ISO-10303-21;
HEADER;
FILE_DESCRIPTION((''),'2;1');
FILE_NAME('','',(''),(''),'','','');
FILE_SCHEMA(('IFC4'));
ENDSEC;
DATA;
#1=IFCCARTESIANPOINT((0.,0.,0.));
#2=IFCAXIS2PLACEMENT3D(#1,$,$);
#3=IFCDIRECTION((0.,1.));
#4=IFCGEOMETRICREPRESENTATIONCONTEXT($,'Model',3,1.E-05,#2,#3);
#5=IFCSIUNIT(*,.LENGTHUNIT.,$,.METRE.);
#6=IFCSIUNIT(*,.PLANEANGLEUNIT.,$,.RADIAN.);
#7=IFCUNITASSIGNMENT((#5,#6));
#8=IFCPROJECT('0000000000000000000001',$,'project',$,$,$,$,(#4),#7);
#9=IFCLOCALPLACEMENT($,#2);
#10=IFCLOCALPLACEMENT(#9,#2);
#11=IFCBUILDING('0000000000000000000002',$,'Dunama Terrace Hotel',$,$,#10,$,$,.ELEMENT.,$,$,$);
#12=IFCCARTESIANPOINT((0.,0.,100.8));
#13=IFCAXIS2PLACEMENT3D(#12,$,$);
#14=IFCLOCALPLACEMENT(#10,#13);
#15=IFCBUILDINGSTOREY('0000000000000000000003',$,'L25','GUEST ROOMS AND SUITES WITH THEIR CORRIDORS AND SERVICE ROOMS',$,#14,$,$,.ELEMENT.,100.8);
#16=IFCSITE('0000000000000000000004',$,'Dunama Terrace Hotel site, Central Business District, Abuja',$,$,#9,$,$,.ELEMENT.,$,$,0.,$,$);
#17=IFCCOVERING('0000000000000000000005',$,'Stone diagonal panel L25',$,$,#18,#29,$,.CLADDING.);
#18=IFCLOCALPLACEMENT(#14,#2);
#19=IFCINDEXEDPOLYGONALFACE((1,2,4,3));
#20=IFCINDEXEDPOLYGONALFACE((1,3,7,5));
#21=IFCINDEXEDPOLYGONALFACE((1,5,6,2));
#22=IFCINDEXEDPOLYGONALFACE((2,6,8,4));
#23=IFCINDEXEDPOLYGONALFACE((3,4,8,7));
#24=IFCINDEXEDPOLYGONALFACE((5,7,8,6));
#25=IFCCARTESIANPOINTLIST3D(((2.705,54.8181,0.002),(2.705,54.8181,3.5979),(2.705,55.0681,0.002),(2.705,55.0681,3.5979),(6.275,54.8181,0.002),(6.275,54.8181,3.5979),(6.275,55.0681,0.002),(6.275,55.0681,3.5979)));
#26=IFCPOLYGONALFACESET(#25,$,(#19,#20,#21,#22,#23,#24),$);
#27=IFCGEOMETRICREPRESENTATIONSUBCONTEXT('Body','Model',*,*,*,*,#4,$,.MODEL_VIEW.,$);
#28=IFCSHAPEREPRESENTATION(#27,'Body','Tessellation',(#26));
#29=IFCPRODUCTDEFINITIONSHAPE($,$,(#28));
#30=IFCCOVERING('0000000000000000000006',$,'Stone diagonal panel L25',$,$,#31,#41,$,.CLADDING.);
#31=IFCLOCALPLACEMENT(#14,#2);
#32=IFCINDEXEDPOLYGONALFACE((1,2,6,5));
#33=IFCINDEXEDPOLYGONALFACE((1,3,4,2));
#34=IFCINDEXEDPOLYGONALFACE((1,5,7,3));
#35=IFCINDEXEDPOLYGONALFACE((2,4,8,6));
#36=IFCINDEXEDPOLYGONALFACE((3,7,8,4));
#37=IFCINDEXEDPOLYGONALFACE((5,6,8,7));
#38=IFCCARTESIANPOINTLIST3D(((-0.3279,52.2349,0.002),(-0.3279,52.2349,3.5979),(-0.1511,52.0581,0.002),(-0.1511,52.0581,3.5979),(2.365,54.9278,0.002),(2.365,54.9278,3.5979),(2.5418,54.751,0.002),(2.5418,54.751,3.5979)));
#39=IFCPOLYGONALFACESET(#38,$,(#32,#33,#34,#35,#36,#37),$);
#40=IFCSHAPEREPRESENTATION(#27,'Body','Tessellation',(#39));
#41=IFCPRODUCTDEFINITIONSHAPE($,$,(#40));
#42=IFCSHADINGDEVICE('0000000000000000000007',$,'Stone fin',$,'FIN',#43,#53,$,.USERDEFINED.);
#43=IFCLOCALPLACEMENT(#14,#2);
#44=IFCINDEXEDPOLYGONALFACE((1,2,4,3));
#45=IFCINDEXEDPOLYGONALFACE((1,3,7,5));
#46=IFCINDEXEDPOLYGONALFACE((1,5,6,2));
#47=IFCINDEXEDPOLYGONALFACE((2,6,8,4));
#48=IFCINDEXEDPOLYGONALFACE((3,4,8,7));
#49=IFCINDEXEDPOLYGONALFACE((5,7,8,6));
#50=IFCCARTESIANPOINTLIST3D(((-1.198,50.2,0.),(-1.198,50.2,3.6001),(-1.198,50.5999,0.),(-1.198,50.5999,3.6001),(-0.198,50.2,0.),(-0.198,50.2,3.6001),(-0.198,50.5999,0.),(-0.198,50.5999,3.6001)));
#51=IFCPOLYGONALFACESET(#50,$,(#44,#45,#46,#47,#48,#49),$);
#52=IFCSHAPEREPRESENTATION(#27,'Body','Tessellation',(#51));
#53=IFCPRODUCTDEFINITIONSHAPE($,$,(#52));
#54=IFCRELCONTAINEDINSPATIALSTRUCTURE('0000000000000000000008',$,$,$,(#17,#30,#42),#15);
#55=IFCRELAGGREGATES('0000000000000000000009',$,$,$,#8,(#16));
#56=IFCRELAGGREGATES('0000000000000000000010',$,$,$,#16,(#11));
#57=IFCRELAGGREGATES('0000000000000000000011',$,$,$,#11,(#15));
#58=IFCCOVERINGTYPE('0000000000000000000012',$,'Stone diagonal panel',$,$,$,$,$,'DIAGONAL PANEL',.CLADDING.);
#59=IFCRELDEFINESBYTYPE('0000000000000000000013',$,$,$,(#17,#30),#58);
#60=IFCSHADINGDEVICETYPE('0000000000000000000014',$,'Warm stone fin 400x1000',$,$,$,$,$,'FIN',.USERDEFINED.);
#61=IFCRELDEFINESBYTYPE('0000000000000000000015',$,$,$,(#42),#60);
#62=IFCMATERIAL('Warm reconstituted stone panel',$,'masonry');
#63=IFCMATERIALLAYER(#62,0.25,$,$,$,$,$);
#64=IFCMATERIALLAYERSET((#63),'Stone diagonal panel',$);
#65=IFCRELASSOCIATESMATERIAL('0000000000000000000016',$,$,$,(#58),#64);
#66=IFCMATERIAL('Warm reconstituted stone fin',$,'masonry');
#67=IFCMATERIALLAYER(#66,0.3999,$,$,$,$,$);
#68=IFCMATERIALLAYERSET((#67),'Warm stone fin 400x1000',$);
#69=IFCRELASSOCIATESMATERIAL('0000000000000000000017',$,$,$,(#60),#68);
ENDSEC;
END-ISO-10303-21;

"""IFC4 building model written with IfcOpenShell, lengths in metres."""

from ifc_helpers import new_model, si_unit, direction, frame, origin, origin_2d, place, context, subcontext, project, spatial, rectangle, extrude, material, layer, layer_set, type_object, element, save


model = new_model("IFC4")

# Units and contexts
model_context = context("Model", 3, precision=1e-05, world=origin(), true_north=direction((0.0, 1.0)))
body_context = subcontext(model_context, "Body", "Model", "MODEL_VIEW")
ifc_project = project(units=[si_unit("LENGTHUNIT", "METRE"), si_unit("PLANEANGLEUNIT", "RADIAN")], contexts=[model_context])

# Site, building, storey
site_placement = place(None, origin())
site = spatial("IfcSite", under=ifc_project, at=site_placement, Name="Dunama Terrace Hotel site, Central Business District, Abuja", CompositionType="ELEMENT", RefElevation=0.0)
building_placement = place(site_placement, origin())
building = spatial("IfcBuilding", under=site, at=building_placement, Name="Dunama Terrace Hotel", CompositionType="ELEMENT")
storey_placement = place(building_placement, frame((0.0, 0.0, 100.8)))
storey = spatial("IfcBuildingStorey", under=building, at=storey_placement, Name="L25", Description="GUEST ROOMS AND SUITES WITH THEIR CORRIDORS AND SERVICE ROOMS", CompositionType="ELEMENT", Elevation=100.8)

# Coverings
ifc_material_1 = material(Name="Warm reconstituted stone panel", Category="masonry")
ifc_layer_1 = layer(ifc_material_1, 0.25)
ifc_layer_set_1 = layer_set([ifc_layer_1], Name="Stone diagonal panel")
covering_type = type_object("IfcCoveringType", Name="Stone diagonal panel", ElementType="DIAGONAL PANEL", PredefinedType="CLADDING", material=ifc_layer_set_1)
covering_1_placement = place(storey_placement, frame((4.49, 54.9431, 0.002), z_axis=(0.0, 0.0, 1.0), x_axis=(-1.0, 0.0, 0.0)))
element("IfcCovering", 1, at=covering_1_placement, inside=storey, type_object=covering_type, Name="Stone diagonal panel L25", PredefinedType="CLADDING", context=body_context, shape_type="SweptSolid", body=[
    extrude(rectangle(XDim=3.5701, YDim=0.25, at=origin_2d()), origin(), (0.0, 0.0, 1.0), 3.5959),
])
covering_2_placement = place(storey_placement, frame((1.1069, 53.4929, 0.002), z_axis=(0.0, 0.0, 1.0), x_axis=(-0.707107, -0.707107, 0.0)))
element("IfcCovering", 2, at=covering_2_placement, inside=storey, type_object=covering_type, Name="Stone diagonal panel L25", PredefinedType="CLADDING", context=body_context, shape_type="SweptSolid", body=[
    extrude(rectangle(XDim=3.8083, YDim=0.25, at=origin_2d()), origin(), (0.0, 0.0, 1.0), 3.5959),
])

# Shading device
ifc_material_2 = material(Name="Warm reconstituted stone fin", Category="masonry")
ifc_layer_2 = layer(ifc_material_2, 0.3999)
ifc_layer_set_2 = layer_set([ifc_layer_2], Name="Warm stone fin 400x1000")
shading_device_type = type_object("IfcShadingDeviceType", Name="Warm stone fin 400x1000", ElementType="FIN", PredefinedType="USERDEFINED", material=ifc_layer_set_2)
shading_device_placement = place(storey_placement, frame((-0.698, 50.3999, 0.0), z_axis=(0.0, 0.0, 1.0), x_axis=(0.0, -1.0, 0.0)))
element("IfcShadingDevice", 3, at=shading_device_placement, inside=storey, type_object=shading_device_type, Name="Stone fin", ObjectType="FIN", PredefinedType="USERDEFINED", context=body_context, shape_type="SweptSolid", body=[
    extrude(rectangle(XDim=0.3999, YDim=1.0, at=origin_2d()), origin(), (0.0, 0.0, 1.0), 3.6001),
])

save(model, "model.ifc")
